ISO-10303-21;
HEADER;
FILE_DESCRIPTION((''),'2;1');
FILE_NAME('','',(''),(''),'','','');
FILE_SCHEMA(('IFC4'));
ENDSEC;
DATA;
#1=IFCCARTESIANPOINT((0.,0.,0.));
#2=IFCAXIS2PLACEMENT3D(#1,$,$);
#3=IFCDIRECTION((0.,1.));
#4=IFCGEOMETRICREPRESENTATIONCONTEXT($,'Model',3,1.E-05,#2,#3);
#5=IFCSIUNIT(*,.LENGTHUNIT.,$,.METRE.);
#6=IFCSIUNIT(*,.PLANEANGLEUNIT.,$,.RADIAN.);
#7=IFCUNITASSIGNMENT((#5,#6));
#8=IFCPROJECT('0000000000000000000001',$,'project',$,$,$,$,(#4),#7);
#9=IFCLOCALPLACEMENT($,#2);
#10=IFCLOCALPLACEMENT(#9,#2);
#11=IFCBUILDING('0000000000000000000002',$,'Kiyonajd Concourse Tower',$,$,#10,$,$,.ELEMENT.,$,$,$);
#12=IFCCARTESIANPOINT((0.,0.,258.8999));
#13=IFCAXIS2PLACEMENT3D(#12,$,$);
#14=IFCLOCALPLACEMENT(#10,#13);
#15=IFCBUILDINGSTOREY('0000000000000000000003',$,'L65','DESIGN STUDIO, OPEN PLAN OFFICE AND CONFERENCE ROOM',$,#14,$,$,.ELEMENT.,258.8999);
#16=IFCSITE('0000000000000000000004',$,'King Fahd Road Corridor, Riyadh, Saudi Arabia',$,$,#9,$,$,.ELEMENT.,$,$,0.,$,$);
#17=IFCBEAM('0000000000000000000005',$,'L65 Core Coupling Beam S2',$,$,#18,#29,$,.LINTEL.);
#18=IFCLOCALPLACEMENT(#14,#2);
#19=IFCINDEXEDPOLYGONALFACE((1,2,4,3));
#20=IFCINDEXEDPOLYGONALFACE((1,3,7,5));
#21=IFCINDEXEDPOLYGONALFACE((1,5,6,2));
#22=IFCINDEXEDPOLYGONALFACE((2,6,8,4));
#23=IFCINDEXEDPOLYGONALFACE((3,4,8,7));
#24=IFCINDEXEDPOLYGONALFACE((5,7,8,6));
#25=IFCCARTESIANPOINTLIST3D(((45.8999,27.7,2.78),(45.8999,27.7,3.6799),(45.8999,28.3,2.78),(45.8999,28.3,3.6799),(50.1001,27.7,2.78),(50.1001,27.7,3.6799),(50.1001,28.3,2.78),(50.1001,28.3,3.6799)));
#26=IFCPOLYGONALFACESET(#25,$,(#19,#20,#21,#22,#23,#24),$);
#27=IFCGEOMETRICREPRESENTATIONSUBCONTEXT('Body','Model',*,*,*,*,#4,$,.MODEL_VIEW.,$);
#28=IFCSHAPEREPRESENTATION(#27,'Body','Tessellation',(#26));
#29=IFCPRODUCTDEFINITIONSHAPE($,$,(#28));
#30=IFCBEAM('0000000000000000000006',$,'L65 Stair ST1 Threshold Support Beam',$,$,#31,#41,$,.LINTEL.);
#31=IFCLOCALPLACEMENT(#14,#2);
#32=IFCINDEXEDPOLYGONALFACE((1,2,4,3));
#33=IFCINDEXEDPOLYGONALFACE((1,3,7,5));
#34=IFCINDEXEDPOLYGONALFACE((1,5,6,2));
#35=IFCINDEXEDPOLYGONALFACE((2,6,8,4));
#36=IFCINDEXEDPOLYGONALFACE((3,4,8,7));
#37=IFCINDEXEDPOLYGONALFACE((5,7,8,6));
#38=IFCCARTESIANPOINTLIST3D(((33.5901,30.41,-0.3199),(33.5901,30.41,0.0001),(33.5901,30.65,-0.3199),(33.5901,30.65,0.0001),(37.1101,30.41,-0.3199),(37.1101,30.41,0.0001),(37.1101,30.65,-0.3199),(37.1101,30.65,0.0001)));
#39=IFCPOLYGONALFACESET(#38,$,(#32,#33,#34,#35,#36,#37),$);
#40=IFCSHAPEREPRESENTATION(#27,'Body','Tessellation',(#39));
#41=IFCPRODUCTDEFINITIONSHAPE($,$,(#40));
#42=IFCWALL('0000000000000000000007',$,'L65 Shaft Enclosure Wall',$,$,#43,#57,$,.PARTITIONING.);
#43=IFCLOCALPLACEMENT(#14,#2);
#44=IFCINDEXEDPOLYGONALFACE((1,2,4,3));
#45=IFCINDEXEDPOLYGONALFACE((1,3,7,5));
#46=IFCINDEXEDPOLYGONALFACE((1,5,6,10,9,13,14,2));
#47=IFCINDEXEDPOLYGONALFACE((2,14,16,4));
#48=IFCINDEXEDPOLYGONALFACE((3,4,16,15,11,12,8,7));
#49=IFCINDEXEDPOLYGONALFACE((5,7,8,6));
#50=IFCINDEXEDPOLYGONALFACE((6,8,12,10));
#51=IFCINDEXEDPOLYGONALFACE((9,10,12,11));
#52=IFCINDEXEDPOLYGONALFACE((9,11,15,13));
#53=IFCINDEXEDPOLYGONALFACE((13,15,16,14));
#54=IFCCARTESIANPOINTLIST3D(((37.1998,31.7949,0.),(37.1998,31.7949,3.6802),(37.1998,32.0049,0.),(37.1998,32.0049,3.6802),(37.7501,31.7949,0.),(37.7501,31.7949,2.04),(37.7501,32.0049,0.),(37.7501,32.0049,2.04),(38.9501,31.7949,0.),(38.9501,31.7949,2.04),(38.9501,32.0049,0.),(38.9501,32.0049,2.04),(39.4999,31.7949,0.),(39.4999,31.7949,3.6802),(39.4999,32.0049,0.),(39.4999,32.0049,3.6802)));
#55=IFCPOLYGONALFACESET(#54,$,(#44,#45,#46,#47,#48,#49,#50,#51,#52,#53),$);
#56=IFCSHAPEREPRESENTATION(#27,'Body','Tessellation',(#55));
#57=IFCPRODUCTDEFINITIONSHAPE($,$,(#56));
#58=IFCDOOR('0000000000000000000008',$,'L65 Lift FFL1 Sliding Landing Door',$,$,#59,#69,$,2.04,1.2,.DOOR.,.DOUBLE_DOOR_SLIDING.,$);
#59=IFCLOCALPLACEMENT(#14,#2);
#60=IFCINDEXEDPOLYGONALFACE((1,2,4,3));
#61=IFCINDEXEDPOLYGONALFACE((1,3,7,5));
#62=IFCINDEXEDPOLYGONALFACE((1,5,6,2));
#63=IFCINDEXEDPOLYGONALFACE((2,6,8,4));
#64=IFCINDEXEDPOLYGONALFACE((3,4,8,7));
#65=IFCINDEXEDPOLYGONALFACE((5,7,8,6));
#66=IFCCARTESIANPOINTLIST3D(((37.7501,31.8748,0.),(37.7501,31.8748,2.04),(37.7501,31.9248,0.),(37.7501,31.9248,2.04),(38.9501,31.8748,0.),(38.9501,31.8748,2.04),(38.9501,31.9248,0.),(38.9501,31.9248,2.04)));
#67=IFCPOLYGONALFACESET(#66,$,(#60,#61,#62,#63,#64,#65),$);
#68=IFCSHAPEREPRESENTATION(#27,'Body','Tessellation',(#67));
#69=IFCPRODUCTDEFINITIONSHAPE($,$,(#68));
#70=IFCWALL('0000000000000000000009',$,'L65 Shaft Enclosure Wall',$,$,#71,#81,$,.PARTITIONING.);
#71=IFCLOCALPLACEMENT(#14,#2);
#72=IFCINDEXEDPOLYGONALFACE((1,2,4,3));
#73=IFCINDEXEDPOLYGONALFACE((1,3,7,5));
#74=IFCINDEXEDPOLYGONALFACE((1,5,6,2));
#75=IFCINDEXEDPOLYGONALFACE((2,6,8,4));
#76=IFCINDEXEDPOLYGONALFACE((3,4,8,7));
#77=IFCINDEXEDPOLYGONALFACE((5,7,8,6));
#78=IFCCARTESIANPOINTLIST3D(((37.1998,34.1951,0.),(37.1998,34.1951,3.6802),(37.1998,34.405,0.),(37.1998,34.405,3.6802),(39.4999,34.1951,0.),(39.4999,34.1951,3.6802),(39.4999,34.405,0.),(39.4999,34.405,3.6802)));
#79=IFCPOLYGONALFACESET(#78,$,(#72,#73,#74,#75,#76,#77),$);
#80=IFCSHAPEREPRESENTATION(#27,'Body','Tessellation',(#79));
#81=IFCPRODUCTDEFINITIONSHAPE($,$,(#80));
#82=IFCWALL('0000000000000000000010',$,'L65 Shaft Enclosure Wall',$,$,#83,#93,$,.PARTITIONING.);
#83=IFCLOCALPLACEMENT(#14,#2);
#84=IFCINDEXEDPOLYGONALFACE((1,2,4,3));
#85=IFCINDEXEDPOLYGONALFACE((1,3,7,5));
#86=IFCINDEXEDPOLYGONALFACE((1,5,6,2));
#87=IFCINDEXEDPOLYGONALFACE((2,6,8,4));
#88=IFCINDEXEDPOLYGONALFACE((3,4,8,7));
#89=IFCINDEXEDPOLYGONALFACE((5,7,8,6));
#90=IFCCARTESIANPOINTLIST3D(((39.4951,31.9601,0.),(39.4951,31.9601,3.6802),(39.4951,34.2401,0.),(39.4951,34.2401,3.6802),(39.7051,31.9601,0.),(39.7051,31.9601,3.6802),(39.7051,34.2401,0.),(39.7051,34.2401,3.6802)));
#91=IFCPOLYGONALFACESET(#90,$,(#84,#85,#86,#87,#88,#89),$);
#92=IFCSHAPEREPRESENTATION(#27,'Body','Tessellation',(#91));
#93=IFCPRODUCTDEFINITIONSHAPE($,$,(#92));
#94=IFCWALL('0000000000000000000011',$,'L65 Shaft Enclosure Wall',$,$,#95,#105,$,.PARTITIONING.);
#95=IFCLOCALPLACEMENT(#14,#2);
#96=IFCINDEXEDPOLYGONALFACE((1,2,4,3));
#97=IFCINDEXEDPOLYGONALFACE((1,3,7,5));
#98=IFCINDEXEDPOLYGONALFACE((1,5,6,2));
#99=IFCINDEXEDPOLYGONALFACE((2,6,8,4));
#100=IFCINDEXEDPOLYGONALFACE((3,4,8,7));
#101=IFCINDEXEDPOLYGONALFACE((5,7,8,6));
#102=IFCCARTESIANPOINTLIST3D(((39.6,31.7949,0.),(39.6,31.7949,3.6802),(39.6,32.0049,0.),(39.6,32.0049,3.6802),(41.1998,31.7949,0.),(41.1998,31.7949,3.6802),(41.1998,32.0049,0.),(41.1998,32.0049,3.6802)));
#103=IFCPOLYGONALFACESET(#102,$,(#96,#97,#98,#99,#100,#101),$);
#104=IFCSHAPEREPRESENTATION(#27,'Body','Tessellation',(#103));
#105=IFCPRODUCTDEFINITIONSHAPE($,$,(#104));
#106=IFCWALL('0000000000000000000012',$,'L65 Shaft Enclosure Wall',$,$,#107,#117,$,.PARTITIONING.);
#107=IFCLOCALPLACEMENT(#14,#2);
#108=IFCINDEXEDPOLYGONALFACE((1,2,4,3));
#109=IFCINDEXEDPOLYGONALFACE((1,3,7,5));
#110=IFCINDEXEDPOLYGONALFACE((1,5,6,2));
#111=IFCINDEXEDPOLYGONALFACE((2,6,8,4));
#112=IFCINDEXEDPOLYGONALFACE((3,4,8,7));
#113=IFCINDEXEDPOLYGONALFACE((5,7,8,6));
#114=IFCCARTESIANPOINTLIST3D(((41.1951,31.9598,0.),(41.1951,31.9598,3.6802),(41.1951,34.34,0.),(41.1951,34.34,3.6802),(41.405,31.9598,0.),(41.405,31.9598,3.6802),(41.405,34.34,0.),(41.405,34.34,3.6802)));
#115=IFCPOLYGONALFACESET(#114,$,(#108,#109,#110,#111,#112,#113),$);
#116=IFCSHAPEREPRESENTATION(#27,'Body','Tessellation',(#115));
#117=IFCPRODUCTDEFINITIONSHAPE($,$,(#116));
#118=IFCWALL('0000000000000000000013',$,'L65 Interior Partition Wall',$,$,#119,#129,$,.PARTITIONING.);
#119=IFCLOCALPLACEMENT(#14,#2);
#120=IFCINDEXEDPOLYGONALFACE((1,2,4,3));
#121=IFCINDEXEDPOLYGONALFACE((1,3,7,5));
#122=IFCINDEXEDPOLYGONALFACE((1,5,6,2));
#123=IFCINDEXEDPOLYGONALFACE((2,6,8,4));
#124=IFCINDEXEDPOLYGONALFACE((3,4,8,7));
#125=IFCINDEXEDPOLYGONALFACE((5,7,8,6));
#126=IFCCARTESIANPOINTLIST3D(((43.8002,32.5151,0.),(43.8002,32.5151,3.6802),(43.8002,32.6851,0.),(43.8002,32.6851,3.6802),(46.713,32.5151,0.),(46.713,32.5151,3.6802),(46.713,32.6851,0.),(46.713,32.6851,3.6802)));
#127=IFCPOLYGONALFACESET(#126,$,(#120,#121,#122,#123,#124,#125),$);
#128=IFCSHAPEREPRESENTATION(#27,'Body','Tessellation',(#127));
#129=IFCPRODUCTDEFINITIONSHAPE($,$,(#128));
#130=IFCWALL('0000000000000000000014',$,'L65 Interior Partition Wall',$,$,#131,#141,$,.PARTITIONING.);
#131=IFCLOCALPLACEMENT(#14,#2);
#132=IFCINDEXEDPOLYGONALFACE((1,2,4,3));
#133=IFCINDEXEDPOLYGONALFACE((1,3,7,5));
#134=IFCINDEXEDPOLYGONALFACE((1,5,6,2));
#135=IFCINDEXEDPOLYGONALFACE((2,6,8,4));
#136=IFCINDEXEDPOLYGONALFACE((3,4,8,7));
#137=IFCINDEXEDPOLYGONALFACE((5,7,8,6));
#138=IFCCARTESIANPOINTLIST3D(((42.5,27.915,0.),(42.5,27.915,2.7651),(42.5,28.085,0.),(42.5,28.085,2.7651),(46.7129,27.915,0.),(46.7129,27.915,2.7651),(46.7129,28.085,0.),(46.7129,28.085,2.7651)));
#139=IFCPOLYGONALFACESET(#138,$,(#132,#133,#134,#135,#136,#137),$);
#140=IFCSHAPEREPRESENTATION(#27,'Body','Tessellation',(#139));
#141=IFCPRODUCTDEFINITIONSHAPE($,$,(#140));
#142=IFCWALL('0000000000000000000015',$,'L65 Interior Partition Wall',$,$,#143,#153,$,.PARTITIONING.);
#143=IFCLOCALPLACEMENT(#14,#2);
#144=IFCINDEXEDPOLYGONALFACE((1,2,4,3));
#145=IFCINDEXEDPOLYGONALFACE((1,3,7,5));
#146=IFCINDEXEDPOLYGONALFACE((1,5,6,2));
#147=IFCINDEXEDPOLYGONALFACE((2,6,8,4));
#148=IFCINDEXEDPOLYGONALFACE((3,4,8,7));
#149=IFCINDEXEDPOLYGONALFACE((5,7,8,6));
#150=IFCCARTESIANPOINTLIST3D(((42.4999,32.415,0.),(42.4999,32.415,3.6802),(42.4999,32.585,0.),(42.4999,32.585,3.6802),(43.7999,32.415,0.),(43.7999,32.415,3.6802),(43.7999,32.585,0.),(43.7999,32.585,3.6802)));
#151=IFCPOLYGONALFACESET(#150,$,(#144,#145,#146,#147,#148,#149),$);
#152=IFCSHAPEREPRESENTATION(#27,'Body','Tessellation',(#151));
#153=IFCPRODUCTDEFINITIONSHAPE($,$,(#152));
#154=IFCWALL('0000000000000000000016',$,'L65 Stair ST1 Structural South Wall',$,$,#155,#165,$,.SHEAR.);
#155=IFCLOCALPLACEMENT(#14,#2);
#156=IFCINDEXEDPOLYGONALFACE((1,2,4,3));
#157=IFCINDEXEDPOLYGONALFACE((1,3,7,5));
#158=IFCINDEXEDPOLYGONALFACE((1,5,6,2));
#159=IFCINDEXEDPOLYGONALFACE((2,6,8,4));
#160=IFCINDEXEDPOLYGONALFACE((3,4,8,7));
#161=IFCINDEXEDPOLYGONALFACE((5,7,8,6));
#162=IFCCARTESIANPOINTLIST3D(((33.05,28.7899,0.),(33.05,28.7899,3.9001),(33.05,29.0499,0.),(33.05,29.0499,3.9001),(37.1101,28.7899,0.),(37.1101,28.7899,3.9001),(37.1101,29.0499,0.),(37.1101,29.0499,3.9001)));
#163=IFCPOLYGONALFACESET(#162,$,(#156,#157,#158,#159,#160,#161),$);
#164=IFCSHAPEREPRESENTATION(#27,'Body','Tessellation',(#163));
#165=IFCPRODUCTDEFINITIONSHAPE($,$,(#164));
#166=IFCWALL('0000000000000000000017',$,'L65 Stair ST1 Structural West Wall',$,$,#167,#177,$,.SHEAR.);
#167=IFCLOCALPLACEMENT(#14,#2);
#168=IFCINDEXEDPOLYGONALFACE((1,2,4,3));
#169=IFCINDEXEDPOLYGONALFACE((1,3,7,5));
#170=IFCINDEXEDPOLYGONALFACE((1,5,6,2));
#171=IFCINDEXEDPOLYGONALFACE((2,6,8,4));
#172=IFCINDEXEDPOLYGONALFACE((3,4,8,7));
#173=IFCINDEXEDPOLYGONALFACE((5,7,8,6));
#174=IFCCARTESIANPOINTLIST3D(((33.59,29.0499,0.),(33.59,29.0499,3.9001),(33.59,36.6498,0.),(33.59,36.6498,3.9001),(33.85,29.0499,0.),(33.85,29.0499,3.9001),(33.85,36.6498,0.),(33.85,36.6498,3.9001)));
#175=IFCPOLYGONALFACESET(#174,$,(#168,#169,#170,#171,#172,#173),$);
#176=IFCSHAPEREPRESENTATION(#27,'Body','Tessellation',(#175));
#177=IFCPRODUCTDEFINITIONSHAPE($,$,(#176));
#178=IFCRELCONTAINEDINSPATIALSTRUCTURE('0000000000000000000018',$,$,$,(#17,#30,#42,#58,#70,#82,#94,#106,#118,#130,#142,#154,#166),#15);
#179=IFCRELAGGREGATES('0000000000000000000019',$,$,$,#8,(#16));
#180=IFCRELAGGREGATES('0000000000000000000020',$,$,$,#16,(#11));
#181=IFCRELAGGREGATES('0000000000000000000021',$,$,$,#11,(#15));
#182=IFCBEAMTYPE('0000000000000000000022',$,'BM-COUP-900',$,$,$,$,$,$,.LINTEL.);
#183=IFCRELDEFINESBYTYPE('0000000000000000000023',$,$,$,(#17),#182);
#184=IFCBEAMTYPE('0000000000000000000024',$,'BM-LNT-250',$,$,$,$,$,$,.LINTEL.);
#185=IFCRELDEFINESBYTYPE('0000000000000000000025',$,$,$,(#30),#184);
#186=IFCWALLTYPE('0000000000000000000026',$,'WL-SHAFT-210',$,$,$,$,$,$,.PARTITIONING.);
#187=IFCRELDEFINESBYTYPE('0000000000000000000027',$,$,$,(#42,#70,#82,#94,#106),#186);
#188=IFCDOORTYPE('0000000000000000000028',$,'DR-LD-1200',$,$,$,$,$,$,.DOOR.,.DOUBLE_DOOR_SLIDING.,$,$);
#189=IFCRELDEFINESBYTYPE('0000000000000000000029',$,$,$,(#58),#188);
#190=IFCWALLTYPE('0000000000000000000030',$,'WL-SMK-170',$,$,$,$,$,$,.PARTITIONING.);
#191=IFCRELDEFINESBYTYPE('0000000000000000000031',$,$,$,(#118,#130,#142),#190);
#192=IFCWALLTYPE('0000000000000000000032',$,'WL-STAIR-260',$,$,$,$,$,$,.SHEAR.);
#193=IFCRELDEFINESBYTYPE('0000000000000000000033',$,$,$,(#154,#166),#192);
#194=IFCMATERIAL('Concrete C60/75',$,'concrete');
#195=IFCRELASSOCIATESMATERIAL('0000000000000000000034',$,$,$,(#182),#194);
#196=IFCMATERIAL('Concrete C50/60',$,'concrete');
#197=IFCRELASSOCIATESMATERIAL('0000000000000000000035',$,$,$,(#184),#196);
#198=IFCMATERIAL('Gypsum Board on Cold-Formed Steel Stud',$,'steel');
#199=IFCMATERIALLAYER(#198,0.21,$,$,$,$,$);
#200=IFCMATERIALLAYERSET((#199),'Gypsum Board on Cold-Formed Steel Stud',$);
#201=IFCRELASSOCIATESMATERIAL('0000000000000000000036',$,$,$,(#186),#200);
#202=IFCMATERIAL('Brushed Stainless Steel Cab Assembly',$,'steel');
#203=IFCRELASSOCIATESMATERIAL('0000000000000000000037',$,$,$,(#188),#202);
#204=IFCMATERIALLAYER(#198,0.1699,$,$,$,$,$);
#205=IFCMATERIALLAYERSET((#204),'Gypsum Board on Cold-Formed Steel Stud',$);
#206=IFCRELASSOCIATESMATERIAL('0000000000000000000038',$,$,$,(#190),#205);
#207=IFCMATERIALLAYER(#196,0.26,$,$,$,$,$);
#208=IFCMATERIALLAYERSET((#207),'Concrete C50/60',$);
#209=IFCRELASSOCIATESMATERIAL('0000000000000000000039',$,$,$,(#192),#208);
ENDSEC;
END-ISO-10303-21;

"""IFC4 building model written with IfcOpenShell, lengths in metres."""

from ifc_helpers import new_model, si_unit, direction, frame, frame_2d, origin, origin_2d, place, context, subcontext, project, spatial, rectangle, extrude, material, layer, layer_set, material_profile, profile_set, type_object, element, fill, save


model = new_model("IFC4")

# Units and contexts
model_context = context("Model", 3, precision=1e-05, world=origin(), true_north=direction((0.0, 1.0)))
body_context = subcontext(model_context, "Body", "Model", "MODEL_VIEW")
ifc_project = project(units=[si_unit("LENGTHUNIT", "METRE"), si_unit("PLANEANGLEUNIT", "RADIAN")], contexts=[model_context])

# Site, building, storey
site_placement = place(None, origin())
site = spatial("IfcSite", under=ifc_project, at=site_placement, Name="King Fahd Road Corridor, Riyadh, Saudi Arabia", CompositionType="ELEMENT", RefElevation=0.0)
building_placement = place(site_placement, origin())
building = spatial("IfcBuilding", under=site, at=building_placement, Name="Kiyonajd Concourse Tower", CompositionType="ELEMENT")
storey_placement = place(building_placement, frame((0.0, 0.0, 258.8999)))
storey = spatial("IfcBuildingStorey", under=building, at=storey_placement, Name="L65", Description="DESIGN STUDIO, OPEN PLAN OFFICE AND CONFERENCE ROOM", CompositionType="ELEMENT", Elevation=258.8999)

# Beams
ifc_material_1 = material(Name="Concrete C60/75", Category="concrete")
ifc_material_profile_1 = material_profile(ifc_material_1, rectangle(XDim=0.6001, YDim=0.8999, at=origin_2d()), Name="RCBM-600x900")
ifc_profile_set_1 = profile_set([ifc_material_profile_1], Name="Concrete C60/75")
beam_type_1 = type_object("IfcBeamType", Name="BM-COUP-900", PredefinedType="LINTEL", material=ifc_profile_set_1)
beam_1_placement = place(storey_placement, frame((45.8999, 28.0, 3.23), z_axis=(1.0, 0.0, 0.0), x_axis=(0.0, 1.0, 0.0)))
element("IfcBeam", 1, at=beam_1_placement, inside=storey, type_object=beam_type_1, Name="L65 Core Coupling Beam S2", PredefinedType="LINTEL", context=body_context, shape_type="SweptSolid", body=[
    extrude(rectangle(XDim=0.6001, YDim=0.8999, at=origin_2d()), origin(), (0.0, 0.0, 1.0), 4.2002),
])
ifc_material_2 = material(Name="Concrete C50/60", Category="concrete")
ifc_material_profile_2 = material_profile(ifc_material_2, rectangle(XDim=0.24, YDim=0.3201, at=origin_2d()), Name="RCBM-240x320")
ifc_profile_set_2 = profile_set([ifc_material_profile_2], Name="Concrete C50/60")
beam_type_2 = type_object("IfcBeamType", Name="BM-LNT-250", PredefinedType="LINTEL", material=ifc_profile_set_2)
beam_2_placement = place(storey_placement, frame((33.5901, 30.53, -0.1599), z_axis=(1.0, 0.0, 0.0), x_axis=(0.0, 1.0, 0.0)))
element("IfcBeam", 2, at=beam_2_placement, inside=storey, type_object=beam_type_2, Name="L65 Stair ST1 Threshold Support Beam", PredefinedType="LINTEL", context=body_context, shape_type="SweptSolid", body=[
    extrude(rectangle(XDim=0.24, YDim=0.3201, at=origin_2d()), origin(), (0.0, 0.0, 1.0), 3.52),
])

# Wall, opening, door
ifc_material_3 = material(Name="Gypsum Board on Cold-Formed Steel Stud", Category="steel")
ifc_layer_1 = layer(ifc_material_3, 0.21)
ifc_layer_set_1 = layer_set([ifc_layer_1], Name="Gypsum Board on Cold-Formed Steel Stud")
wall_type_1 = type_object("IfcWallType", Name="WL-SHAFT-210", PredefinedType="PARTITIONING", material=ifc_layer_set_1)
wall_1_placement = place(storey_placement, frame((37.2, 31.8999, 0.0), z_axis=(0.0, 0.0, 1.0), x_axis=(1.0, 0.0, 0.0)))
wall_1 = element("IfcWall", 3, at=wall_1_placement, inside=storey, type_object=wall_type_1, Name="L65 Shaft Enclosure Wall", PredefinedType="PARTITIONING", context=body_context, shape_type="SweptSolid", body=[
    extrude(rectangle(XDim=2.3, YDim=0.21, at=frame_2d((1.1499, 0.0))), origin(), (0.0, 0.0, 1.0), 3.6802),
])
opening_1_placement = place(wall_1_placement, frame((0.55, 0.0, 0.0)))
opening_1 = element("IfcOpeningElement", 4, at=opening_1_placement, cuts=wall_1, PredefinedType="OPENING", context=body_context, shape_type="SweptSolid", body=[
    extrude(rectangle(XDim=1.2, YDim=2.04, at=frame_2d((0.6001, 1.02))), frame((0.0, 0.115, 0.0), z_axis=(0.0, -1.0, 0.0), x_axis=(1.0, 0.0, 0.0)), (0.0, 0.0, 1.0), 0.23),
])
ifc_material_4 = material(Name="Brushed Stainless Steel Cab Assembly", Category="steel")
door_type_1 = type_object("IfcDoorType", Name="DR-LD-1200", OperationType="DOUBLE_DOOR_SLIDING", PredefinedType="DOOR", material=ifc_material_4)
door_1_placement = place(opening_1_placement, origin())
door_1 = element("IfcDoor", 5, at=door_1_placement, inside=storey, type_object=door_type_1, Name="L65 Lift FFL1 Sliding Landing Door", OperationType="DOUBLE_DOOR_SLIDING", OverallHeight=2.04, OverallWidth=1.2, PredefinedType="DOOR", context=body_context, shape_type="SweptSolid", body=[
    extrude(rectangle(XDim=1.2, YDim=2.04, at=frame_2d((0.6001, 1.02))), frame((0.0, 0.0249, 0.0), z_axis=(0.0, -1.0, 0.0), x_axis=(1.0, 0.0, 0.0)), (0.0, 0.0, 1.0), 0.05),
])
fill(opening_1, door_1)

# Walls
wall_2_placement = place(storey_placement, frame((37.2, 34.3, 0.0), z_axis=(0.0, 0.0, 1.0), x_axis=(1.0, 0.0, 0.0)))
element("IfcWall", 6, at=wall_2_placement, inside=storey, type_object=wall_type_1, Name="L65 Shaft Enclosure Wall", PredefinedType="PARTITIONING", context=body_context, shape_type="SweptSolid", body=[
    extrude(rectangle(XDim=2.3, YDim=0.21, at=frame_2d((1.1499, 0.0))), origin(), (0.0, 0.0, 1.0), 3.6802),
])
wall_3_placement = place(storey_placement, frame((39.6001, 31.96, 0.0), z_axis=(0.0, 0.0, 1.0), x_axis=(0.0, 1.0, 0.0)))
element("IfcWall", 7, at=wall_3_placement, inside=storey, type_object=wall_type_1, Name="L65 Shaft Enclosure Wall", PredefinedType="PARTITIONING", context=body_context, shape_type="SweptSolid", body=[
    extrude(rectangle(XDim=2.28, YDim=0.21, at=frame_2d((1.1401, 0.0))), origin(), (0.0, 0.0, 1.0), 3.6802),
])
wall_4_placement = place(storey_placement, frame((39.6001, 31.8999, 0.0), z_axis=(0.0, 0.0, 1.0), x_axis=(1.0, 0.0, 0.0)))
element("IfcWall", 8, at=wall_4_placement, inside=storey, type_object=wall_type_1, Name="L65 Shaft Enclosure Wall", PredefinedType="PARTITIONING", context=body_context, shape_type="SweptSolid", body=[
    extrude(rectangle(XDim=1.5999, YDim=0.21, at=frame_2d((0.7998, 0.0))), origin(), (0.0, 0.0, 1.0), 3.6802),
])
wall_5_placement = place(storey_placement, frame((41.3, 31.96, 0.0), z_axis=(0.0, 0.0, 1.0), x_axis=(0.0, 1.0, 0.0)))
element("IfcWall", 9, at=wall_5_placement, inside=storey, type_object=wall_type_1, Name="L65 Shaft Enclosure Wall", PredefinedType="PARTITIONING", context=body_context, shape_type="SweptSolid", body=[
    extrude(rectangle(XDim=2.3801, YDim=0.21, at=frame_2d((1.1899, 0.0))), origin(), (0.0, 0.0, 1.0), 3.6802),
])
ifc_layer_2 = layer(ifc_material_3, 0.1699)
ifc_layer_set_2 = layer_set([ifc_layer_2], Name="Gypsum Board on Cold-Formed Steel Stud")
wall_type_2 = type_object("IfcWallType", Name="WL-SMK-170", PredefinedType="PARTITIONING", material=ifc_layer_set_2)
wall_6_placement = place(storey_placement, frame((43.8, 32.6001, 0.0), z_axis=(0.0, 0.0, 1.0), x_axis=(1.0, 0.0, 0.0)))
element("IfcWall", 10, at=wall_6_placement, inside=storey, type_object=wall_type_2, Name="L65 Interior Partition Wall", PredefinedType="PARTITIONING", context=body_context, shape_type="SweptSolid", body=[
    extrude(rectangle(XDim=2.9128, YDim=0.1699, at=frame_2d((1.4565, 0.0))), origin(), (0.0, 0.0, 1.0), 3.6802),
])
wall_7_placement = place(storey_placement, frame((42.5, 28.0, 0.0), z_axis=(0.0, 0.0, 1.0), x_axis=(1.0, 0.0, 0.0)))
element("IfcWall", 11, at=wall_7_placement, inside=storey, type_object=wall_type_2, Name="L65 Interior Partition Wall", PredefinedType="PARTITIONING", context=body_context, shape_type="SweptSolid", body=[
    extrude(rectangle(XDim=4.2129, YDim=0.1699, at=frame_2d((2.1064, 0.0))), origin(), (0.0, 0.0, 1.0), 2.7651),
])
wall_8_placement = place(storey_placement, frame((42.5, 32.5, 0.0), z_axis=(0.0, 0.0, 1.0), x_axis=(1.0, 0.0, 0.0)))
element("IfcWall", 12, at=wall_8_placement, inside=storey, type_object=wall_type_2, Name="L65 Interior Partition Wall", PredefinedType="PARTITIONING", context=body_context, shape_type="SweptSolid", body=[
    extrude(rectangle(XDim=1.3, YDim=0.1699, at=frame_2d((0.6499, 0.0))), origin(), (0.0, 0.0, 1.0), 3.6802),
])
ifc_layer_3 = layer(ifc_material_2, 0.26)
ifc_layer_set_3 = layer_set([ifc_layer_3], Name="Concrete C50/60")
wall_type_3 = type_object("IfcWallType", Name="WL-STAIR-260", PredefinedType="SHEAR", material=ifc_layer_set_3)
wall_9_placement = place(storey_placement, frame((33.05, 28.9199, 0.0), z_axis=(0.0, 0.0, 1.0), x_axis=(1.0, 0.0, 0.0)))
element("IfcWall", 13, at=wall_9_placement, inside=storey, type_object=wall_type_3, Name="L65 Stair ST1 Structural South Wall", PredefinedType="SHEAR", context=body_context, shape_type="SweptSolid", body=[
    extrude(rectangle(XDim=4.0601, YDim=0.26, at=frame_2d((2.03, 0.0))), origin(), (0.0, 0.0, 1.0), 3.9001),
])
wall_10_placement = place(storey_placement, frame((33.72, 29.05, 0.0), z_axis=(0.0, 0.0, 1.0), x_axis=(0.0, 1.0, 0.0)))
element("IfcWall", 14, at=wall_10_placement, inside=storey, type_object=wall_type_3, Name="L65 Stair ST1 Structural West Wall", PredefinedType="SHEAR", context=body_context, shape_type="SweptSolid", body=[
    extrude(rectangle(XDim=7.5999, YDim=0.26, at=frame_2d((3.7998, 0.0))), origin(), (0.0, 0.0, 1.0), 3.9001),
])

save(model, "model.ifc")
